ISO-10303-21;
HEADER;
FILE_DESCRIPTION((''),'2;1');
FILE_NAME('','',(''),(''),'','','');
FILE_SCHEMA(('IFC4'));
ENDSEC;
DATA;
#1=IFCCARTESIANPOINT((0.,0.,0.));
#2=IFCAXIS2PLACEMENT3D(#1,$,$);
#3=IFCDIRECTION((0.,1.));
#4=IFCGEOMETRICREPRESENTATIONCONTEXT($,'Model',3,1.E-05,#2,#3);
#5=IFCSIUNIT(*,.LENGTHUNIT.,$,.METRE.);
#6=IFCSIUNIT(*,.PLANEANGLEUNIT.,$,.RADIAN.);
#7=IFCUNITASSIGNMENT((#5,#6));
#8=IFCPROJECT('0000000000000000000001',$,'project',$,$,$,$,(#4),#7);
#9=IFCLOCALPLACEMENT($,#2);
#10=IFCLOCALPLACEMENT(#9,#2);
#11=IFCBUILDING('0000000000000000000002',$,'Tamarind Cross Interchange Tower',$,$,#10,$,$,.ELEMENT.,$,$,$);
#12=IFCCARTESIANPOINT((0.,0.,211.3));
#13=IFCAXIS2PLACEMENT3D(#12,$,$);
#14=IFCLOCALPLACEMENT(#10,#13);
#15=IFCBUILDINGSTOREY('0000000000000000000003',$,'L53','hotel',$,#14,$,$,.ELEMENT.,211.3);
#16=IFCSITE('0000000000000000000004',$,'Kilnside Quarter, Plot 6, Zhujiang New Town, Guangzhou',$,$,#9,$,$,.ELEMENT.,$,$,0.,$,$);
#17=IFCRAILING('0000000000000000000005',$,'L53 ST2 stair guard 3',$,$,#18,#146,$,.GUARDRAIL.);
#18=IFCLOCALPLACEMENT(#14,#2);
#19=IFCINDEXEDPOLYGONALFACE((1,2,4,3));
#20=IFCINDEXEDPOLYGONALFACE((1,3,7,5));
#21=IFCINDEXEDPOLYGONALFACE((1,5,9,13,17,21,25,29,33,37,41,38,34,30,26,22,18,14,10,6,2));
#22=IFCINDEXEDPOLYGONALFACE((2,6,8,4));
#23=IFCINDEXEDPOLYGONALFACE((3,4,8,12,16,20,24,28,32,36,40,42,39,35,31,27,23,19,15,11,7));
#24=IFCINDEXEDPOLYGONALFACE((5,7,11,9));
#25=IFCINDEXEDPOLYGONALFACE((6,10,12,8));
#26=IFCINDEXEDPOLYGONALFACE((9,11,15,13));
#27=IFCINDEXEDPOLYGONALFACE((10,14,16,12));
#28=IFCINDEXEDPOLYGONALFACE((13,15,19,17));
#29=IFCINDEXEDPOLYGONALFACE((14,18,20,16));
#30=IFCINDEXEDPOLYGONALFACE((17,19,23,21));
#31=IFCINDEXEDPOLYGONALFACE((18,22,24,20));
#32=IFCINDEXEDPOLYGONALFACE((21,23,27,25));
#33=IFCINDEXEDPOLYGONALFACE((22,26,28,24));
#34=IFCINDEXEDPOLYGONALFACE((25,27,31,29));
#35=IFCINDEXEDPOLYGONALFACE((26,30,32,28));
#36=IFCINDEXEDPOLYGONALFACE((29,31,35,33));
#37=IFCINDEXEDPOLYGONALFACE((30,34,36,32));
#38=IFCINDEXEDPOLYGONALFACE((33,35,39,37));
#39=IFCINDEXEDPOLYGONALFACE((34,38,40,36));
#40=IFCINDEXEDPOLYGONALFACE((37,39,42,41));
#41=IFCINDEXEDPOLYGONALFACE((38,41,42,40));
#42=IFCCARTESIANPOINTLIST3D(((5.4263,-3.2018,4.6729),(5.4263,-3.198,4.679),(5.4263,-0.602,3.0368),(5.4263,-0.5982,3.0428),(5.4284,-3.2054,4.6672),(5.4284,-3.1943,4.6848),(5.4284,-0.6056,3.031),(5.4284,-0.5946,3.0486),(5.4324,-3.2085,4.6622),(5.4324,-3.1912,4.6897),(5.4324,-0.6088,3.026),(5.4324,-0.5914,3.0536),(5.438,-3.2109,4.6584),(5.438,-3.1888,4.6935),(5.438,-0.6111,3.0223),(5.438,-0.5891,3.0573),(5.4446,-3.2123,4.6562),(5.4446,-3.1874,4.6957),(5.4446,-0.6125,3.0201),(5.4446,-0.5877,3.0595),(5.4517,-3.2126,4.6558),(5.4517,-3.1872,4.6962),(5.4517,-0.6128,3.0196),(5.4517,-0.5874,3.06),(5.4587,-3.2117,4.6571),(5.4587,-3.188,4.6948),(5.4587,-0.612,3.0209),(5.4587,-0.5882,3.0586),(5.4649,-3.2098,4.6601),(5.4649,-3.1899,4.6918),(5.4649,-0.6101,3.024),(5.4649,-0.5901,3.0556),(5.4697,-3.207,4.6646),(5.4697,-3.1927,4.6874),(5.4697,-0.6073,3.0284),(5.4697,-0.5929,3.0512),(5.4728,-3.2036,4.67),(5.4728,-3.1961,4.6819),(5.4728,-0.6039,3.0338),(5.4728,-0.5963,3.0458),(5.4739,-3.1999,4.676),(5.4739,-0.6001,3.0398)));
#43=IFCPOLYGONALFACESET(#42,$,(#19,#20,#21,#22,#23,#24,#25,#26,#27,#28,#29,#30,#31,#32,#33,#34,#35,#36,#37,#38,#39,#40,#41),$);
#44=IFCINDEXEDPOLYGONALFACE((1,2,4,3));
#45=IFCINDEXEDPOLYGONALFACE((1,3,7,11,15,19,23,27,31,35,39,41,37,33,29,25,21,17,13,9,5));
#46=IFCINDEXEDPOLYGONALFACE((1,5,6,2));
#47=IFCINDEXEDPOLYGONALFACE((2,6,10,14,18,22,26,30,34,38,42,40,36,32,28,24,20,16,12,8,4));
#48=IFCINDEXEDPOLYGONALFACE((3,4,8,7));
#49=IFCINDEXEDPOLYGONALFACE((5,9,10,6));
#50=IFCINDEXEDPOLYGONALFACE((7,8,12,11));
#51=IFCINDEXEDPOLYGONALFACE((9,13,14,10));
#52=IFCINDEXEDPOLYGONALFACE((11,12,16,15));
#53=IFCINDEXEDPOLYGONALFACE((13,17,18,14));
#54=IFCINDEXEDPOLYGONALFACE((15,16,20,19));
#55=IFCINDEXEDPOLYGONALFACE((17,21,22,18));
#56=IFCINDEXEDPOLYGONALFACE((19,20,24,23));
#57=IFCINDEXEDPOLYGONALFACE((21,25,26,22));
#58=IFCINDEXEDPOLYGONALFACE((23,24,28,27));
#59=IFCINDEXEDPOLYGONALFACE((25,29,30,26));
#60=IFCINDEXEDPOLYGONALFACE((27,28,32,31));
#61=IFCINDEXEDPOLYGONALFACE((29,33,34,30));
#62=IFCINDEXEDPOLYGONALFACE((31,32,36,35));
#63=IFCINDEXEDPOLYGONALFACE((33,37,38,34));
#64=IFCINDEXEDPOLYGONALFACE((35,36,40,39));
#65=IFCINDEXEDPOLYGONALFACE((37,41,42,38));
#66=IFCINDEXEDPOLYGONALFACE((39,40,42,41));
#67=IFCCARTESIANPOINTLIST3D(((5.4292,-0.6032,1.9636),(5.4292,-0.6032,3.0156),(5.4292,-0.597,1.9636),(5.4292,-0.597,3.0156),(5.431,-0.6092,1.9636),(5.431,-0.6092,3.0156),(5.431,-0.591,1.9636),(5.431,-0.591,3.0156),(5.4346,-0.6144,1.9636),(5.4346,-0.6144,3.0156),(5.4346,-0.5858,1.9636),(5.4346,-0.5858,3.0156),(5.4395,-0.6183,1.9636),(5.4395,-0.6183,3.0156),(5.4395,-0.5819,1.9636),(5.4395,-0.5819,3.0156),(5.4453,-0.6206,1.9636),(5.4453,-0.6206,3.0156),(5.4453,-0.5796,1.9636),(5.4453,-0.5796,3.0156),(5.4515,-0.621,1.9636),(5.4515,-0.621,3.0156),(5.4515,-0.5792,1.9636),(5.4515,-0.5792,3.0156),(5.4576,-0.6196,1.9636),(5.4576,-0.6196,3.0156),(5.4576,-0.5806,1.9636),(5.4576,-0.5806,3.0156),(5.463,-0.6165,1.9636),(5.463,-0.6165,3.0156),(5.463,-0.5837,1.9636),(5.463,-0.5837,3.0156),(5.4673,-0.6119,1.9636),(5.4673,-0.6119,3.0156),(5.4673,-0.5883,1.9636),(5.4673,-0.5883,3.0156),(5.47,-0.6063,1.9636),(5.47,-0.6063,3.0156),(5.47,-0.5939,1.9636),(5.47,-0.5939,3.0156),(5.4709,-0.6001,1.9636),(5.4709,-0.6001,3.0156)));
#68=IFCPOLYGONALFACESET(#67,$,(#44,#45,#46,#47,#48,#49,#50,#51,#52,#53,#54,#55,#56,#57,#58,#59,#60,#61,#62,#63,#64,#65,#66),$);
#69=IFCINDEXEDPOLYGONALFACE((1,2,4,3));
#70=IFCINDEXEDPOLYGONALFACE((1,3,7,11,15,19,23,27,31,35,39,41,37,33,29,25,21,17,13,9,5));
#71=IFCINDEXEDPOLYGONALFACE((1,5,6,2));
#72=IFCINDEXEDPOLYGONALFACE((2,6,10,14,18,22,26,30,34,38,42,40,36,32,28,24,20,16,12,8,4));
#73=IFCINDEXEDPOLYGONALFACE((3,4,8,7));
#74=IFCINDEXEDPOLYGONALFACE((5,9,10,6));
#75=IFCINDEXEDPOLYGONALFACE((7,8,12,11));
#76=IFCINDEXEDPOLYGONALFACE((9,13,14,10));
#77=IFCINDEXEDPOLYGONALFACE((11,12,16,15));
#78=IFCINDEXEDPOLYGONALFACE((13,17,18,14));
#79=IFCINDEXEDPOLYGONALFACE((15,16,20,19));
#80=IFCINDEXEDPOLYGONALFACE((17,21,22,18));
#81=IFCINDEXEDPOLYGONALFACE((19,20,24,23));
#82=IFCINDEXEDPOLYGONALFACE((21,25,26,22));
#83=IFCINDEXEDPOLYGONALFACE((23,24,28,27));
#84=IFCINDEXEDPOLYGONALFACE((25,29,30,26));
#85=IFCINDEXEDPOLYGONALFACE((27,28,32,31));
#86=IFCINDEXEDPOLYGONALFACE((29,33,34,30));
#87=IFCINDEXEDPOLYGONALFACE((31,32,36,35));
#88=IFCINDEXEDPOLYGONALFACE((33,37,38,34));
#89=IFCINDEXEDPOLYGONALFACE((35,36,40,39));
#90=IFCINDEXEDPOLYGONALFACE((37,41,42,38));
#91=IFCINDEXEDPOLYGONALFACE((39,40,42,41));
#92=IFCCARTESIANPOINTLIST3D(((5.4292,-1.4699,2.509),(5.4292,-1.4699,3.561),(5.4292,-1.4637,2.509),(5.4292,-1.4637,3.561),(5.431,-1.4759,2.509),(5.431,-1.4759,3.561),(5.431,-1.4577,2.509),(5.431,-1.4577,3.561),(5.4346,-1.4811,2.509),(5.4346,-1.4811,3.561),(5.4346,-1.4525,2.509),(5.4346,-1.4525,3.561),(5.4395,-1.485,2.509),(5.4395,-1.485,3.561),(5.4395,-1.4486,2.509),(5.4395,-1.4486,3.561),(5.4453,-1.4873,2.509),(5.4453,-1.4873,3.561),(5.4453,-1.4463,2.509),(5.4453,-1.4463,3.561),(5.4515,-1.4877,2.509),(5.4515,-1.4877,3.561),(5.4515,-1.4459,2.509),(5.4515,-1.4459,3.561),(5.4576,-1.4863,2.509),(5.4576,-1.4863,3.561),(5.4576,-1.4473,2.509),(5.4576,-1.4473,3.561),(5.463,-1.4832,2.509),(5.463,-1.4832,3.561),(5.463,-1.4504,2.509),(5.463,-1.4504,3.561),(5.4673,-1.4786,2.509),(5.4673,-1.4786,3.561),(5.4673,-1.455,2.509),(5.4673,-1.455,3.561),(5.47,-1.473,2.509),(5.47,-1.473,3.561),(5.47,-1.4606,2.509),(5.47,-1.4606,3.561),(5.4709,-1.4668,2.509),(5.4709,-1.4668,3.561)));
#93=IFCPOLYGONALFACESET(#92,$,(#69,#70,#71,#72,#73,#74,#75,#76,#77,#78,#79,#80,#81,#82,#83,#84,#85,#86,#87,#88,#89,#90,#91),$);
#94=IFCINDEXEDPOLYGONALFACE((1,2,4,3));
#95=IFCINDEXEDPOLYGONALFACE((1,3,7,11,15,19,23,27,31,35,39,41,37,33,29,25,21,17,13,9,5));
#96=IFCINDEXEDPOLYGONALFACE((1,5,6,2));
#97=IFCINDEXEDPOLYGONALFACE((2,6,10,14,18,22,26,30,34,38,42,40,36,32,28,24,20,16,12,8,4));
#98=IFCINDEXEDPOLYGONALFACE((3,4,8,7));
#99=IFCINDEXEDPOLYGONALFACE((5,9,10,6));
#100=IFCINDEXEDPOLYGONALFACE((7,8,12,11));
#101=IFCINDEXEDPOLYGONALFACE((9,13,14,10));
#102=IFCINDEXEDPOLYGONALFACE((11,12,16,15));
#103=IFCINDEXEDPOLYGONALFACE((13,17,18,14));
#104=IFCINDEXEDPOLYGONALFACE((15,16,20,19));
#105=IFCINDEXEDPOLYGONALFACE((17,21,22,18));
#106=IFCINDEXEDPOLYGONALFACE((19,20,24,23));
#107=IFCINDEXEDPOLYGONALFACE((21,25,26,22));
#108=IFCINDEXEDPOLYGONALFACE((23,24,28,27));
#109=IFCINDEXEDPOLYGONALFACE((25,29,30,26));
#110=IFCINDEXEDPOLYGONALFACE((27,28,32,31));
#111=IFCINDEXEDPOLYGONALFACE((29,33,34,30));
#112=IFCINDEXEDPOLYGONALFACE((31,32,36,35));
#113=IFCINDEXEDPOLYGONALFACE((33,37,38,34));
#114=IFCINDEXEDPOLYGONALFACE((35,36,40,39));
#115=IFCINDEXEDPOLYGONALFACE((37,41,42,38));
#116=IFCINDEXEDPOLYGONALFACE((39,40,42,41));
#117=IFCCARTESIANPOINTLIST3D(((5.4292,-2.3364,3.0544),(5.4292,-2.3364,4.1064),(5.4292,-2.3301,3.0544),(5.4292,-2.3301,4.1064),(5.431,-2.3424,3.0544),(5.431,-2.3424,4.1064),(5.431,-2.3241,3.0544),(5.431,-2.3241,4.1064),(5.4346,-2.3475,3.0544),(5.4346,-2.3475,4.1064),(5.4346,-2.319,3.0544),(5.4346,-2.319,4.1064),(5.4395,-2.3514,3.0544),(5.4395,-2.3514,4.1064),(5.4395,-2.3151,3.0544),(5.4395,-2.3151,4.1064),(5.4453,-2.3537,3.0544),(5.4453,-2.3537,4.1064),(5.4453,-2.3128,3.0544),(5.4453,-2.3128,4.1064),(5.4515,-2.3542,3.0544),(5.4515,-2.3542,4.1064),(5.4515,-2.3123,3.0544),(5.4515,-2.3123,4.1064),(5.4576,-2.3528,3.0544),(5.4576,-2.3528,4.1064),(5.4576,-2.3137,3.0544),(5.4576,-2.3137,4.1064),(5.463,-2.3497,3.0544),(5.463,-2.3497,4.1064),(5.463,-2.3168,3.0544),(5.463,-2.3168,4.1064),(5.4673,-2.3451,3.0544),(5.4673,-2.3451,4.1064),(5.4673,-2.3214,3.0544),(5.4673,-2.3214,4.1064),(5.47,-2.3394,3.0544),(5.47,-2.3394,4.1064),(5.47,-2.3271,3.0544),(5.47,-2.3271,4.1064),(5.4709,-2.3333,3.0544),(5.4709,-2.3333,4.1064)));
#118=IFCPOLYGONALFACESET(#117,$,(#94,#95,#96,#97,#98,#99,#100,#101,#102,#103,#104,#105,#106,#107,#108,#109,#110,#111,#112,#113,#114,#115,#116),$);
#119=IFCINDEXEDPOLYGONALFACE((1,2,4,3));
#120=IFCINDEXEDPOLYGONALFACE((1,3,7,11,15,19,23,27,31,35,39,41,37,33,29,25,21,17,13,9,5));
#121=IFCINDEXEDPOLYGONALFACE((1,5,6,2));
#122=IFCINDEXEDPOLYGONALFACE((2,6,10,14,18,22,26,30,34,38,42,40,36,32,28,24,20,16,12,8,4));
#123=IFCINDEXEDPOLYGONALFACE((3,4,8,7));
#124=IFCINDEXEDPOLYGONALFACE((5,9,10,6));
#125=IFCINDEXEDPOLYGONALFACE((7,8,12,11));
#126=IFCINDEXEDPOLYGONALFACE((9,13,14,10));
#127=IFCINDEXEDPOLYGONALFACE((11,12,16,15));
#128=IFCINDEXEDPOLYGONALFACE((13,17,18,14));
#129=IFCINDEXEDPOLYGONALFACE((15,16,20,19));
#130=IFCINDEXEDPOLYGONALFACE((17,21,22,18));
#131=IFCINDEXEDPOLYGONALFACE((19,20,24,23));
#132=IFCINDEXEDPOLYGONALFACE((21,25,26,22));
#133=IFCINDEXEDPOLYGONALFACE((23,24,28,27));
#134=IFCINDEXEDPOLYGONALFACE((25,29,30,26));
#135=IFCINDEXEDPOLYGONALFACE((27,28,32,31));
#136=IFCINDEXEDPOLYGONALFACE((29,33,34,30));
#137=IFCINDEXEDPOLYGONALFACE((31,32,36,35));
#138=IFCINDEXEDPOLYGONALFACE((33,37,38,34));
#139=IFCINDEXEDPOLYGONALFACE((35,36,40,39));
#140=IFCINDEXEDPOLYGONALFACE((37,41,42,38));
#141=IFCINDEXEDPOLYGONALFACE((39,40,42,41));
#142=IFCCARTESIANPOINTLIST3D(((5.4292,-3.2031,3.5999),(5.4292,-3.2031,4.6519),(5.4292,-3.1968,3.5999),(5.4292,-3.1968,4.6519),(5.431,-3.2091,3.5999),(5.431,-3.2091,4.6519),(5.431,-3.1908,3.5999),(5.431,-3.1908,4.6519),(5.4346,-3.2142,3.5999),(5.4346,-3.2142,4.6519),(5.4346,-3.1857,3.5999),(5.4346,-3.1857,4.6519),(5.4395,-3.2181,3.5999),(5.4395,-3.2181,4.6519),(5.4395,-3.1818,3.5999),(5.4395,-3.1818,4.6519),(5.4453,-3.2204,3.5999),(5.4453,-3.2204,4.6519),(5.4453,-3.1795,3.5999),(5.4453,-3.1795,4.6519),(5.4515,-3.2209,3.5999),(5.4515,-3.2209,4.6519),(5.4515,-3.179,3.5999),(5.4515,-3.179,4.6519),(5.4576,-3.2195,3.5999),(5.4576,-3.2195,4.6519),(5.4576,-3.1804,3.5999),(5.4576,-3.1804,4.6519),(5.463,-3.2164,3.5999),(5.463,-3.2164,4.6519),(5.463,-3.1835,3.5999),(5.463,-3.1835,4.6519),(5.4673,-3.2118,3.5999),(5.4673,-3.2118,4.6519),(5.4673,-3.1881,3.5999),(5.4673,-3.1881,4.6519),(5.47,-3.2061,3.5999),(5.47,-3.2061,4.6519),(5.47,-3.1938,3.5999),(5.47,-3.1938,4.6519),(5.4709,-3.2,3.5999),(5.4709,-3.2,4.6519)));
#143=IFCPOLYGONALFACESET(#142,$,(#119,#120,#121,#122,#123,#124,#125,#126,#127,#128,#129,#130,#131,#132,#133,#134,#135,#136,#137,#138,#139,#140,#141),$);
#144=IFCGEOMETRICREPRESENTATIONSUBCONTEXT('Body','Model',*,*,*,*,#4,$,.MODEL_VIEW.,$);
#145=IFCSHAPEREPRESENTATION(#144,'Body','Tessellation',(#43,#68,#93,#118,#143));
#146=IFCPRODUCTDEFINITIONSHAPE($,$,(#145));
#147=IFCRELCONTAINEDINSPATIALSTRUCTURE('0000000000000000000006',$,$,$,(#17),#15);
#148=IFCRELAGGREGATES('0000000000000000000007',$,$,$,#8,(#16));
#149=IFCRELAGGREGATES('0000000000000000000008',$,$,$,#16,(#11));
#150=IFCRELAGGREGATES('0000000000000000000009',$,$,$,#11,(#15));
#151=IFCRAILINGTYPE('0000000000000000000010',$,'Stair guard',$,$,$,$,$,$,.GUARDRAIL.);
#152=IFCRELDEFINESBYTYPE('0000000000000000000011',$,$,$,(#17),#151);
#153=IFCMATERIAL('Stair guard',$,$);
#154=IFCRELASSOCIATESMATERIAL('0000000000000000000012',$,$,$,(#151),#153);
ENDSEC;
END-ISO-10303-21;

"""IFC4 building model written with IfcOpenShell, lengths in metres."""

from ifc_helpers import new_model, si_unit, direction, frame, origin, origin_2d, place, context, subcontext, project, spatial, circle, extrude, material, type_object, element, save


model = new_model("IFC4")

# Units and contexts
model_context = context("Model", 3, precision=1e-05, world=origin(), true_north=direction((0.0, 1.0)))
body_context = subcontext(model_context, "Body", "Model", "MODEL_VIEW")
ifc_project = project(units=[si_unit("LENGTHUNIT", "METRE"), si_unit("PLANEANGLEUNIT", "RADIAN")], contexts=[model_context])

# Site, building, storey
site_placement = place(None, origin())
site = spatial("IfcSite", under=ifc_project, at=site_placement, Name="Kilnside Quarter, Plot 6, Zhujiang New Town, Guangzhou", CompositionType="ELEMENT", RefElevation=0.0)
building_placement = place(site_placement, origin())
building = spatial("IfcBuilding", under=site, at=building_placement, Name="Tamarind Cross Interchange Tower", CompositionType="ELEMENT")
storey_placement = place(building_placement, frame((0.0, 0.0, 211.3)))
storey = spatial("IfcBuildingStorey", under=building, at=storey_placement, Name="L53", Description="hotel", CompositionType="ELEMENT", Elevation=211.3)

# Railing
ifc_material_1 = material(Name="Stair guard")
railing_type_1 = type_object("IfcRailingType", Name="Stair guard", PredefinedType="GUARDRAIL", material=ifc_material_1)
railing_1_placement = place(storey_placement, frame((5.45, -0.6001, 1.9636)))
element("IfcRailing", 1, at=railing_1_placement, inside=storey, type_object=railing_type_1, Name="L53 ST2 stair guard 3", PredefinedType="GUARDRAIL", context=body_context, shape_type="SweptSolid", body=[
    extrude(circle(Radius=0.0239, at=origin_2d()), frame((0.0, 0.0, 1.0762), z_axis=(0.0, -0.846338, 0.532647), x_axis=(1.0, 0.0, 0.0)), (0.0, 0.0, 1.0), 3.0718),
    extrude(circle(Radius=0.021, at=origin_2d()), origin(), (0.0, 0.0, 1.0), 1.052),
    extrude(circle(Radius=0.021, at=origin_2d()), frame((0.0, -0.8667, 0.5454)), (0.0, 0.0, 1.0), 1.052),
    extrude(circle(Radius=0.021, at=origin_2d()), frame((0.0, -1.7332, 1.0908)), (0.0, 0.0, 1.0), 1.052),
    extrude(circle(Radius=0.021, at=origin_2d()), frame((0.0, -2.5999, 1.6362)), (0.0, 0.0, 1.0), 1.052),
])

save(model, "model.ifc")
